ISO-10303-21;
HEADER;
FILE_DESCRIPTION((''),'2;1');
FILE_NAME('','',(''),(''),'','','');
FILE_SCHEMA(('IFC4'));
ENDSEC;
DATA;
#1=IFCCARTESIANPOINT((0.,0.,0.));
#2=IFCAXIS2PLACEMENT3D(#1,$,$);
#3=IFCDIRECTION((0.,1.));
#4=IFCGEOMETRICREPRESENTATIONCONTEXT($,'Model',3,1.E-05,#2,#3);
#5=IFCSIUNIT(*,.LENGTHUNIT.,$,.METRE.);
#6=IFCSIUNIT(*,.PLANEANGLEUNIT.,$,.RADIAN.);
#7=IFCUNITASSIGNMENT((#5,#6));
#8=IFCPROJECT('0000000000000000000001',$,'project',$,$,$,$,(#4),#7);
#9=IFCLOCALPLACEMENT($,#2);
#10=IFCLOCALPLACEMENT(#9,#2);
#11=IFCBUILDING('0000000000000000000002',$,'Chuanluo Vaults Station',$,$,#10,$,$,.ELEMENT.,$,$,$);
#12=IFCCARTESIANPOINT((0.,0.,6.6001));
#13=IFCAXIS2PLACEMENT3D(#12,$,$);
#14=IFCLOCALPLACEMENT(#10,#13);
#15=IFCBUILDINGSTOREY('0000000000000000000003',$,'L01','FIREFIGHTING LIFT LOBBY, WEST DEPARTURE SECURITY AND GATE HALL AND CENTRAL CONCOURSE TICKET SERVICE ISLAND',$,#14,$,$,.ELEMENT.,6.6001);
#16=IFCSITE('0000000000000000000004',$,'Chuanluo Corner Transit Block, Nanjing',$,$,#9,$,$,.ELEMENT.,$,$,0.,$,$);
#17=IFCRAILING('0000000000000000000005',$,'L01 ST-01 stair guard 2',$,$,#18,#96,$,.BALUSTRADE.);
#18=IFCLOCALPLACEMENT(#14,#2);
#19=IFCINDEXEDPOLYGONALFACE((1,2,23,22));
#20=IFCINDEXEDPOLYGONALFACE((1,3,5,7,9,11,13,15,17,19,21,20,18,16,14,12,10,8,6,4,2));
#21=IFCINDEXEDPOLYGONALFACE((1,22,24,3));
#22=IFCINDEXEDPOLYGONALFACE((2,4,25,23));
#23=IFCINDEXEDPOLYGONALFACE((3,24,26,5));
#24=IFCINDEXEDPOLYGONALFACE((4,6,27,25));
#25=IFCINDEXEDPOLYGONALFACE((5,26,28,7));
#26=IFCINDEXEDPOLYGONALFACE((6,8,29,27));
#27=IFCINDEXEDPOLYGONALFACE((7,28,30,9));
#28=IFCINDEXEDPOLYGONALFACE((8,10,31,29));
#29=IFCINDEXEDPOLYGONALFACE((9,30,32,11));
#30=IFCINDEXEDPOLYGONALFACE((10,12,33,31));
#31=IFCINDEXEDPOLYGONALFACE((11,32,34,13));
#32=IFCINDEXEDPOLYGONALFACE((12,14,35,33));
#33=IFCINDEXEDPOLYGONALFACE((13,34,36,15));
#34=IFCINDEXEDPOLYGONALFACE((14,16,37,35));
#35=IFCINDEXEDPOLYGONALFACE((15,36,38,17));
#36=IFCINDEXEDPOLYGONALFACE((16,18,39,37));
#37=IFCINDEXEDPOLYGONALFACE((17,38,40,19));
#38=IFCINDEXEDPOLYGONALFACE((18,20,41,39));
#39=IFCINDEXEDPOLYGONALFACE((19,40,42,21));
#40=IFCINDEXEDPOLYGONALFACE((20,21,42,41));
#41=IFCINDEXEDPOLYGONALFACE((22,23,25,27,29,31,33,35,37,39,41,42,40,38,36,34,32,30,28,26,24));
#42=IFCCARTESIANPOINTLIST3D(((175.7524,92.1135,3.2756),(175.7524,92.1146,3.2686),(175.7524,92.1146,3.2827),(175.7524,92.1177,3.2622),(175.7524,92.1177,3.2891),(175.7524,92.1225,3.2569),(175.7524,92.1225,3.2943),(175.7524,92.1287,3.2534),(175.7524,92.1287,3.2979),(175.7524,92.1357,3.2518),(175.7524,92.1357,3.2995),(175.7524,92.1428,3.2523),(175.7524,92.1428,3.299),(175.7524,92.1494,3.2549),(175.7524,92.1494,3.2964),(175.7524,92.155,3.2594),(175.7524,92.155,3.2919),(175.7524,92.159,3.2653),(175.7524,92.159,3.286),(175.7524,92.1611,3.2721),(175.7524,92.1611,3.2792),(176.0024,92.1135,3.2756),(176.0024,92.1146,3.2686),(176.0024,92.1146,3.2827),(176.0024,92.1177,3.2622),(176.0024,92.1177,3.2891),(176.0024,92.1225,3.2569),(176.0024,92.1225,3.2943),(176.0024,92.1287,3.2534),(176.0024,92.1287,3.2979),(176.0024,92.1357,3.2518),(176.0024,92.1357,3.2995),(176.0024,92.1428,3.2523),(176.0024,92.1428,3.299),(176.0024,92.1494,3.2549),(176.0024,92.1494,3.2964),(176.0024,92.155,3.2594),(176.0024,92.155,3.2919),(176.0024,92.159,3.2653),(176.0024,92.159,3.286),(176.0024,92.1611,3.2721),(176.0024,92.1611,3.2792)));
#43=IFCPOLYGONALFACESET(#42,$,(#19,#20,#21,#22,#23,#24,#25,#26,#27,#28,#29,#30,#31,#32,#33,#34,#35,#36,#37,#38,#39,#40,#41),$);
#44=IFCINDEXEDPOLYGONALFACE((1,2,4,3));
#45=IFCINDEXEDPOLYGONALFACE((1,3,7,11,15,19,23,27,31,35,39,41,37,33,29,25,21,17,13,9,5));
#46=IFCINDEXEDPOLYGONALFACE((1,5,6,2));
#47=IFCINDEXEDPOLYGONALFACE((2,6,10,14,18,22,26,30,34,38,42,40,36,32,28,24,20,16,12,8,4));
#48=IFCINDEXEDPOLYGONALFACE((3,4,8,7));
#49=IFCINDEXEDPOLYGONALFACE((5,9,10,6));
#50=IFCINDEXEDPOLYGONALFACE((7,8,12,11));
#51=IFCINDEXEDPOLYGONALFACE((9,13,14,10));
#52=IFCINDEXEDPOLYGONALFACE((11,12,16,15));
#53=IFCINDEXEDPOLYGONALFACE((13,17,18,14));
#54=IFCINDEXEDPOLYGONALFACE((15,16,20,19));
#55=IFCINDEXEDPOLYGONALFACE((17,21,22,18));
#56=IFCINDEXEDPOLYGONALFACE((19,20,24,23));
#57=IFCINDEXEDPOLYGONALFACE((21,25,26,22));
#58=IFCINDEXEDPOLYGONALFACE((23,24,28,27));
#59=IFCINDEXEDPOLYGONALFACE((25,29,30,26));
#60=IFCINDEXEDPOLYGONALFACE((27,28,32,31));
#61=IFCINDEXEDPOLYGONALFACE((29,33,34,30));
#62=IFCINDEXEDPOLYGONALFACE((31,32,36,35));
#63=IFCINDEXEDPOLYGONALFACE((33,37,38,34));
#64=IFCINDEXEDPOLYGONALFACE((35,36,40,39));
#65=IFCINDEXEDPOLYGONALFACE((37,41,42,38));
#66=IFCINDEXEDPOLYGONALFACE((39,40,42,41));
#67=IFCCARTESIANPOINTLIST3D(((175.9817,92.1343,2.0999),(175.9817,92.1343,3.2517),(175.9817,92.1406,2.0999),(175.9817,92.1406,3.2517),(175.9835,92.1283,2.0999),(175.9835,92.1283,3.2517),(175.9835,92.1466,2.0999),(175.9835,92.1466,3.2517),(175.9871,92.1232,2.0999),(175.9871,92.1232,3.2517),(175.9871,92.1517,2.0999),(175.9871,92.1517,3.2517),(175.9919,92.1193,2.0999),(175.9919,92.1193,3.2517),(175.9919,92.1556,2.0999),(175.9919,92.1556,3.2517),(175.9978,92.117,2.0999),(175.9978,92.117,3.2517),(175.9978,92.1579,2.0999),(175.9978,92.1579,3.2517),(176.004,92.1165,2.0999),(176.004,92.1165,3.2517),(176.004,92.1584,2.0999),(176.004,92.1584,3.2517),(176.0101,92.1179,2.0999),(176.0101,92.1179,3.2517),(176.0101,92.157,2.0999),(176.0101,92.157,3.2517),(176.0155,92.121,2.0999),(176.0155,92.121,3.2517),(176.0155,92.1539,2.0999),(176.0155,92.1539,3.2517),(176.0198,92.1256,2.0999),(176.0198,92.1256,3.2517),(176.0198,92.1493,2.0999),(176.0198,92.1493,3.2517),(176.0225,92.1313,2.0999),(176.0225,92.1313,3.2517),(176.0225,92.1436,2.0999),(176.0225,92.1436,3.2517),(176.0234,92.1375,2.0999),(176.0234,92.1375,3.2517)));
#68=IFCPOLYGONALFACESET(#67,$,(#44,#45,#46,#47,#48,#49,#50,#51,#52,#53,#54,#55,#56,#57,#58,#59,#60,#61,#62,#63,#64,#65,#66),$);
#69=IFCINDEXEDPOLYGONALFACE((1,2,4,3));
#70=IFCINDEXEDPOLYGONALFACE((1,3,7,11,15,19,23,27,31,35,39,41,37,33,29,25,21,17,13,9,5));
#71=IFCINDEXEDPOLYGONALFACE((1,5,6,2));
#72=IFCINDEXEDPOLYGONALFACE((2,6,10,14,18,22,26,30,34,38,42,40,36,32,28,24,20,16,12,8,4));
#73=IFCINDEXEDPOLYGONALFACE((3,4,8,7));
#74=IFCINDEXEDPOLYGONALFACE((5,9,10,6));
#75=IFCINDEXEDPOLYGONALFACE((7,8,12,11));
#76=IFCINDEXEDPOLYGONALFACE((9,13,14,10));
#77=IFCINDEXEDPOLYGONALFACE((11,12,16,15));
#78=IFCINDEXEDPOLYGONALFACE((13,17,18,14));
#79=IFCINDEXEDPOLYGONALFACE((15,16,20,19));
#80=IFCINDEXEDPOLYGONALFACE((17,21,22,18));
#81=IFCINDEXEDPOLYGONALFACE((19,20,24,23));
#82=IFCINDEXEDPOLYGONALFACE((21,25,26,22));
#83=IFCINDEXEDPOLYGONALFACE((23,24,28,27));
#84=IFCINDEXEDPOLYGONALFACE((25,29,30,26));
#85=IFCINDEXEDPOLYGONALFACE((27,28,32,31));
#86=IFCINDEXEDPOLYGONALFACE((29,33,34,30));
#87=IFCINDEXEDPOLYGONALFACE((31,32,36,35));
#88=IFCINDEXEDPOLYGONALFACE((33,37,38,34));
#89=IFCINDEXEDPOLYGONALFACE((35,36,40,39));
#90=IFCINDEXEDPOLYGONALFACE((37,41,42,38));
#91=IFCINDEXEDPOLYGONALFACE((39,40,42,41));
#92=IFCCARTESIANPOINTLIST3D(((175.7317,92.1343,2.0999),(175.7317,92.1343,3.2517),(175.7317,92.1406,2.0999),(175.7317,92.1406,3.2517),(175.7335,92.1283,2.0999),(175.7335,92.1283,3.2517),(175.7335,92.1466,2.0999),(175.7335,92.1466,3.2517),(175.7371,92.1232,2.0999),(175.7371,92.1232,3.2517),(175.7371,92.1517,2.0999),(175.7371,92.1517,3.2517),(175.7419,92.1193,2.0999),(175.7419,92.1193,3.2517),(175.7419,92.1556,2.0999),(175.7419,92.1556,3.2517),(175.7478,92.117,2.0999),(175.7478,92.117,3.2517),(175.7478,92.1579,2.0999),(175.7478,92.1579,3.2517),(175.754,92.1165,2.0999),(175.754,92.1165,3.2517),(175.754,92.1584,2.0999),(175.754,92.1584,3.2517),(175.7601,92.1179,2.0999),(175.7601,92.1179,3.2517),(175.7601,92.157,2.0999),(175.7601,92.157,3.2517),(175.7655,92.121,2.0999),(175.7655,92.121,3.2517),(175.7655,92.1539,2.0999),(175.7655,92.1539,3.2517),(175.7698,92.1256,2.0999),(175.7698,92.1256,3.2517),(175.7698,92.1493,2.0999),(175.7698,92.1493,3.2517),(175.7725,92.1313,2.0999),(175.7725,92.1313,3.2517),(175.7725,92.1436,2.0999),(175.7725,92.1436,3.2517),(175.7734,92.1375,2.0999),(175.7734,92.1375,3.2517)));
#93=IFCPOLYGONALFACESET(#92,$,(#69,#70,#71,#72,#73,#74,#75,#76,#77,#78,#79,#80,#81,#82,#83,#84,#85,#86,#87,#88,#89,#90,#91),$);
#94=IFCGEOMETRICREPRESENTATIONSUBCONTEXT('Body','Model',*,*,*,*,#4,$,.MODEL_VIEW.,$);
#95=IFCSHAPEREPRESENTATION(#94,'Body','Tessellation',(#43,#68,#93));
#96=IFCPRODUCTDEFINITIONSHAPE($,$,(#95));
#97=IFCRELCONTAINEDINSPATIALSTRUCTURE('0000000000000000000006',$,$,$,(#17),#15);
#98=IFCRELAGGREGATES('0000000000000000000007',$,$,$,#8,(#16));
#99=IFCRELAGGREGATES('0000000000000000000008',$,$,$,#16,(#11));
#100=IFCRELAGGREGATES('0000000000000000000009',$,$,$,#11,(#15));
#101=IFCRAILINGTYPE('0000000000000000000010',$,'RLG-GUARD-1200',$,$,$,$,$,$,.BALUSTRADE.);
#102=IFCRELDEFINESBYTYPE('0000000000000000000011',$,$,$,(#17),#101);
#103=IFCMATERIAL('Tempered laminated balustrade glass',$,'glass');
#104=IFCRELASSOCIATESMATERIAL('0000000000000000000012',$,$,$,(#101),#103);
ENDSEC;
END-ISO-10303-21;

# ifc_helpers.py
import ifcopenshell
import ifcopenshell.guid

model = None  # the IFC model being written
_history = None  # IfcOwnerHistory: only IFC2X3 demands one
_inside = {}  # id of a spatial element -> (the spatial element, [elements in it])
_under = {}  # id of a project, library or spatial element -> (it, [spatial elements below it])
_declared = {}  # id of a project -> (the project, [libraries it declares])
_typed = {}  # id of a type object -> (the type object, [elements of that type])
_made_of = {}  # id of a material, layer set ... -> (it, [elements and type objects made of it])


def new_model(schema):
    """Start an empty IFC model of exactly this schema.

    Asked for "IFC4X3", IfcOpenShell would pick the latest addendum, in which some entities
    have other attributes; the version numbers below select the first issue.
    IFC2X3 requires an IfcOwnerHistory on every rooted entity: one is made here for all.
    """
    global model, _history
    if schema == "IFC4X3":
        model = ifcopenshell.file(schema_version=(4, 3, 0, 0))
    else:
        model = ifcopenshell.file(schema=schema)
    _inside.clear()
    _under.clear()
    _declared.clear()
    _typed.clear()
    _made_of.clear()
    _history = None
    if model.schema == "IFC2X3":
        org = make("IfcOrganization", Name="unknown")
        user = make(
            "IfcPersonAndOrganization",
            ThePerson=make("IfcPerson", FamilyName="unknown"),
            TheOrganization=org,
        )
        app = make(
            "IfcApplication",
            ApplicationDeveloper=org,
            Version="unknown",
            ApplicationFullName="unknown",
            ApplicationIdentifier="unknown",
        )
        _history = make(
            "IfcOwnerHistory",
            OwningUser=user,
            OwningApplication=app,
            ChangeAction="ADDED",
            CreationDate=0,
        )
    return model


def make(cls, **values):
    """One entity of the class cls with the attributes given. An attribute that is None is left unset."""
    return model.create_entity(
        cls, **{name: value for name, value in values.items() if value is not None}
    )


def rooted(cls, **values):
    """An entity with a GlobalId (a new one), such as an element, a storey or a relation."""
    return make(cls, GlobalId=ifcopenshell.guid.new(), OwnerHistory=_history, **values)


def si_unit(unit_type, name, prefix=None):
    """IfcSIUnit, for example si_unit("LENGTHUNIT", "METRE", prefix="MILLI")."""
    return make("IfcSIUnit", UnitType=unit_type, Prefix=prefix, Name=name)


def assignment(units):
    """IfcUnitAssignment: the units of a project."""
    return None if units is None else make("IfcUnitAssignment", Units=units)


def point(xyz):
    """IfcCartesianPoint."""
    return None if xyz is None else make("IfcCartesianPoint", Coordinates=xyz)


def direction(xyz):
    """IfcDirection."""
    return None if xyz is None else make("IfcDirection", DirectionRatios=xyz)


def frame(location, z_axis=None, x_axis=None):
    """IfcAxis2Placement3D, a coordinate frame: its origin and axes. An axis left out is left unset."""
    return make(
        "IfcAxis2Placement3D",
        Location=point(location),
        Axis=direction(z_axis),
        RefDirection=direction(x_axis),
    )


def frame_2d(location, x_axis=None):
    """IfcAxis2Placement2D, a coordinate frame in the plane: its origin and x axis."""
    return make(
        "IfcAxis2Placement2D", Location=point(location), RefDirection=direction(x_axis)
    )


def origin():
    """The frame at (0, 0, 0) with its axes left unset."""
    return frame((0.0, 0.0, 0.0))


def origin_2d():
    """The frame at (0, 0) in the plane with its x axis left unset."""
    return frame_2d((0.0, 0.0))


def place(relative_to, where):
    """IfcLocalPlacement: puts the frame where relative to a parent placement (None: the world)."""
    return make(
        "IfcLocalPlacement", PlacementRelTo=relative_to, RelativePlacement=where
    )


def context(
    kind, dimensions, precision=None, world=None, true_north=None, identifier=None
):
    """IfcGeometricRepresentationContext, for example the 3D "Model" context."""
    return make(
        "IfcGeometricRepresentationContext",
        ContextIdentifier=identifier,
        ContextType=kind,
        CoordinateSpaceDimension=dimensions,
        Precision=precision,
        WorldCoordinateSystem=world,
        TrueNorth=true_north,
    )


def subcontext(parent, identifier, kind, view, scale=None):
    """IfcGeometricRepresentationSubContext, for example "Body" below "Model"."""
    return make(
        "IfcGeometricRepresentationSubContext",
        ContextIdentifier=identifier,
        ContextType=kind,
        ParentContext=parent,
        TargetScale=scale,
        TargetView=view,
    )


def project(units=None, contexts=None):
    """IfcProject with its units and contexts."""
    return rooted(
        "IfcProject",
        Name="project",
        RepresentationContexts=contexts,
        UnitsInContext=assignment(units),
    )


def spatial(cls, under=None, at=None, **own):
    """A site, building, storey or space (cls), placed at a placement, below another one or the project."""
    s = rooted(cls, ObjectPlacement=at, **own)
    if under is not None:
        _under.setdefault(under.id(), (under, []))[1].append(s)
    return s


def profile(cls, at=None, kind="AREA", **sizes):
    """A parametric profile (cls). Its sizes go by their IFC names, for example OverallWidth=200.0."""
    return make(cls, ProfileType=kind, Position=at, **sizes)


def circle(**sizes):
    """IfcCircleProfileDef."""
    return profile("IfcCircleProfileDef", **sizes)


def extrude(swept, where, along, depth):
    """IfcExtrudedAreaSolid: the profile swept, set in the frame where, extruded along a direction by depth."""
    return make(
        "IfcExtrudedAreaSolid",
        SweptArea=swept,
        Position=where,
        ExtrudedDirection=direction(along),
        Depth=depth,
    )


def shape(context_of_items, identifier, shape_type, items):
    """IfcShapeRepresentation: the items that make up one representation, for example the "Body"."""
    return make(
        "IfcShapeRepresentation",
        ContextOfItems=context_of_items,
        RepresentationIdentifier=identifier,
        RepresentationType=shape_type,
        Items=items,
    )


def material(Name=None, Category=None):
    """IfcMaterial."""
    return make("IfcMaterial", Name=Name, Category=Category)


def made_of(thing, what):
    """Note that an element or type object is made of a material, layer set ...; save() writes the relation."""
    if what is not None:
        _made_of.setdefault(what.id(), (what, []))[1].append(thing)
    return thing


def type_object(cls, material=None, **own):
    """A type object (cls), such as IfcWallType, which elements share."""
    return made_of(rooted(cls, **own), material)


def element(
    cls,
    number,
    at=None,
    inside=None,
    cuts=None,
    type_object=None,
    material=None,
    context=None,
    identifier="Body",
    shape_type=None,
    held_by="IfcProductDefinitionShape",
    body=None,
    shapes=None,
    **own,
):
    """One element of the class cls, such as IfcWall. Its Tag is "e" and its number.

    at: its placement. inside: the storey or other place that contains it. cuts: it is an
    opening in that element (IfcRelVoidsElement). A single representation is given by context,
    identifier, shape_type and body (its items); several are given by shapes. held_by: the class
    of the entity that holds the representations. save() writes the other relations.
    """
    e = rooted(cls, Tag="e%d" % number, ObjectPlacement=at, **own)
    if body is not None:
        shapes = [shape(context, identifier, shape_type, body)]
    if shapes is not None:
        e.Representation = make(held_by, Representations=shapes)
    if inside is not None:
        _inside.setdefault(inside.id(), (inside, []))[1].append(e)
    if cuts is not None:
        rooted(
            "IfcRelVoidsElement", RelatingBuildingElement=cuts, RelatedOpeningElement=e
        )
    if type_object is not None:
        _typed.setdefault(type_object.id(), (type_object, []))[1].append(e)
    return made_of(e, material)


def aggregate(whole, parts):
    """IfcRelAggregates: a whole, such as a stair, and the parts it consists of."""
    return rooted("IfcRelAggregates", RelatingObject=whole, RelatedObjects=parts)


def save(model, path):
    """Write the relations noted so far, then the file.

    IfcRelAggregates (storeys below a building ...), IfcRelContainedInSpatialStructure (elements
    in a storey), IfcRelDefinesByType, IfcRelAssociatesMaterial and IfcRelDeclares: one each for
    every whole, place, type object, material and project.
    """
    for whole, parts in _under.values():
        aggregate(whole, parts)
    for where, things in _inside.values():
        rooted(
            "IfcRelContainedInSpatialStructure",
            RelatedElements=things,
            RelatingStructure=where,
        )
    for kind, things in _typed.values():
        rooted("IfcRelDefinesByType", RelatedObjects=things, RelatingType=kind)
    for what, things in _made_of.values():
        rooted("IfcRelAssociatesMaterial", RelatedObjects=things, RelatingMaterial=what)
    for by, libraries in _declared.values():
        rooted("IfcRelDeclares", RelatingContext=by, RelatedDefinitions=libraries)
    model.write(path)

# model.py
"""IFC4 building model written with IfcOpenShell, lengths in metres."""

from ifc_helpers import new_model, si_unit, direction, frame, origin, origin_2d, place, context, subcontext, project, spatial, circle, extrude, material, type_object, element, save


model = new_model("IFC4")

# Units and contexts
model_context = context("Model", 3, precision=1e-05, world=origin(), true_north=direction((0.0, 1.0)))
body_context = subcontext(model_context, "Body", "Model", "MODEL_VIEW")
ifc_project = project(units=[si_unit("LENGTHUNIT", "METRE"), si_unit("PLANEANGLEUNIT", "RADIAN")], contexts=[model_context])

# Site, building, storey
site_placement = place(None, origin())
site = spatial("IfcSite", under=ifc_project, at=site_placement, Name="Chuanluo Corner Transit Block, Nanjing", CompositionType="ELEMENT", RefElevation=0.0)
building_placement = place(site_placement, origin())
building = spatial("IfcBuilding", under=site, at=building_placement, Name="Chuanluo Vaults Station", CompositionType="ELEMENT")
storey_placement = place(building_placement, frame((0.0, 0.0, 6.6001)))
storey = spatial("IfcBuildingStorey", under=building, at=storey_placement, Name="L01", Description="FIREFIGHTING LIFT LOBBY, WEST DEPARTURE SECURITY AND GATE HALL AND CENTRAL CONCOURSE TICKET SERVICE ISLAND", CompositionType="ELEMENT", Elevation=6.6001)

# Railing
ifc_material_1 = material(Name="Tempered laminated balustrade glass", Category="glass")
railing_type = type_object("IfcRailingType", Name="RLG-GUARD-1200", PredefinedType="BALUSTRADE", material=ifc_material_1)
railing_1_placement = place(storey_placement, frame((176.0024, 92.1375, 2.0999)))
element("IfcRailing", 1, at=railing_1_placement, inside=storey, type_object=railing_type, Name="L01 ST-01 stair guard 2", PredefinedType="BALUSTRADE", context=body_context, shape_type="SweptSolid", body=[
    extrude(circle(Radius=0.0239, at=origin_2d()), frame((0.0, 0.0, 1.1758), z_axis=(-1.0, 0.0, 0.0), x_axis=(0.0, -1.0, 0.0)), (0.0, 0.0, 1.0), 0.25),
    extrude(circle(Radius=0.021, at=origin_2d()), origin(), (0.0, 0.0, 1.0), 1.1519),
    extrude(circle(Radius=0.021, at=origin_2d()), frame((-0.25, 0.0, 0.0)), (0.0, 0.0, 1.0), 1.1519),
])

save(model, "model.ifc")
